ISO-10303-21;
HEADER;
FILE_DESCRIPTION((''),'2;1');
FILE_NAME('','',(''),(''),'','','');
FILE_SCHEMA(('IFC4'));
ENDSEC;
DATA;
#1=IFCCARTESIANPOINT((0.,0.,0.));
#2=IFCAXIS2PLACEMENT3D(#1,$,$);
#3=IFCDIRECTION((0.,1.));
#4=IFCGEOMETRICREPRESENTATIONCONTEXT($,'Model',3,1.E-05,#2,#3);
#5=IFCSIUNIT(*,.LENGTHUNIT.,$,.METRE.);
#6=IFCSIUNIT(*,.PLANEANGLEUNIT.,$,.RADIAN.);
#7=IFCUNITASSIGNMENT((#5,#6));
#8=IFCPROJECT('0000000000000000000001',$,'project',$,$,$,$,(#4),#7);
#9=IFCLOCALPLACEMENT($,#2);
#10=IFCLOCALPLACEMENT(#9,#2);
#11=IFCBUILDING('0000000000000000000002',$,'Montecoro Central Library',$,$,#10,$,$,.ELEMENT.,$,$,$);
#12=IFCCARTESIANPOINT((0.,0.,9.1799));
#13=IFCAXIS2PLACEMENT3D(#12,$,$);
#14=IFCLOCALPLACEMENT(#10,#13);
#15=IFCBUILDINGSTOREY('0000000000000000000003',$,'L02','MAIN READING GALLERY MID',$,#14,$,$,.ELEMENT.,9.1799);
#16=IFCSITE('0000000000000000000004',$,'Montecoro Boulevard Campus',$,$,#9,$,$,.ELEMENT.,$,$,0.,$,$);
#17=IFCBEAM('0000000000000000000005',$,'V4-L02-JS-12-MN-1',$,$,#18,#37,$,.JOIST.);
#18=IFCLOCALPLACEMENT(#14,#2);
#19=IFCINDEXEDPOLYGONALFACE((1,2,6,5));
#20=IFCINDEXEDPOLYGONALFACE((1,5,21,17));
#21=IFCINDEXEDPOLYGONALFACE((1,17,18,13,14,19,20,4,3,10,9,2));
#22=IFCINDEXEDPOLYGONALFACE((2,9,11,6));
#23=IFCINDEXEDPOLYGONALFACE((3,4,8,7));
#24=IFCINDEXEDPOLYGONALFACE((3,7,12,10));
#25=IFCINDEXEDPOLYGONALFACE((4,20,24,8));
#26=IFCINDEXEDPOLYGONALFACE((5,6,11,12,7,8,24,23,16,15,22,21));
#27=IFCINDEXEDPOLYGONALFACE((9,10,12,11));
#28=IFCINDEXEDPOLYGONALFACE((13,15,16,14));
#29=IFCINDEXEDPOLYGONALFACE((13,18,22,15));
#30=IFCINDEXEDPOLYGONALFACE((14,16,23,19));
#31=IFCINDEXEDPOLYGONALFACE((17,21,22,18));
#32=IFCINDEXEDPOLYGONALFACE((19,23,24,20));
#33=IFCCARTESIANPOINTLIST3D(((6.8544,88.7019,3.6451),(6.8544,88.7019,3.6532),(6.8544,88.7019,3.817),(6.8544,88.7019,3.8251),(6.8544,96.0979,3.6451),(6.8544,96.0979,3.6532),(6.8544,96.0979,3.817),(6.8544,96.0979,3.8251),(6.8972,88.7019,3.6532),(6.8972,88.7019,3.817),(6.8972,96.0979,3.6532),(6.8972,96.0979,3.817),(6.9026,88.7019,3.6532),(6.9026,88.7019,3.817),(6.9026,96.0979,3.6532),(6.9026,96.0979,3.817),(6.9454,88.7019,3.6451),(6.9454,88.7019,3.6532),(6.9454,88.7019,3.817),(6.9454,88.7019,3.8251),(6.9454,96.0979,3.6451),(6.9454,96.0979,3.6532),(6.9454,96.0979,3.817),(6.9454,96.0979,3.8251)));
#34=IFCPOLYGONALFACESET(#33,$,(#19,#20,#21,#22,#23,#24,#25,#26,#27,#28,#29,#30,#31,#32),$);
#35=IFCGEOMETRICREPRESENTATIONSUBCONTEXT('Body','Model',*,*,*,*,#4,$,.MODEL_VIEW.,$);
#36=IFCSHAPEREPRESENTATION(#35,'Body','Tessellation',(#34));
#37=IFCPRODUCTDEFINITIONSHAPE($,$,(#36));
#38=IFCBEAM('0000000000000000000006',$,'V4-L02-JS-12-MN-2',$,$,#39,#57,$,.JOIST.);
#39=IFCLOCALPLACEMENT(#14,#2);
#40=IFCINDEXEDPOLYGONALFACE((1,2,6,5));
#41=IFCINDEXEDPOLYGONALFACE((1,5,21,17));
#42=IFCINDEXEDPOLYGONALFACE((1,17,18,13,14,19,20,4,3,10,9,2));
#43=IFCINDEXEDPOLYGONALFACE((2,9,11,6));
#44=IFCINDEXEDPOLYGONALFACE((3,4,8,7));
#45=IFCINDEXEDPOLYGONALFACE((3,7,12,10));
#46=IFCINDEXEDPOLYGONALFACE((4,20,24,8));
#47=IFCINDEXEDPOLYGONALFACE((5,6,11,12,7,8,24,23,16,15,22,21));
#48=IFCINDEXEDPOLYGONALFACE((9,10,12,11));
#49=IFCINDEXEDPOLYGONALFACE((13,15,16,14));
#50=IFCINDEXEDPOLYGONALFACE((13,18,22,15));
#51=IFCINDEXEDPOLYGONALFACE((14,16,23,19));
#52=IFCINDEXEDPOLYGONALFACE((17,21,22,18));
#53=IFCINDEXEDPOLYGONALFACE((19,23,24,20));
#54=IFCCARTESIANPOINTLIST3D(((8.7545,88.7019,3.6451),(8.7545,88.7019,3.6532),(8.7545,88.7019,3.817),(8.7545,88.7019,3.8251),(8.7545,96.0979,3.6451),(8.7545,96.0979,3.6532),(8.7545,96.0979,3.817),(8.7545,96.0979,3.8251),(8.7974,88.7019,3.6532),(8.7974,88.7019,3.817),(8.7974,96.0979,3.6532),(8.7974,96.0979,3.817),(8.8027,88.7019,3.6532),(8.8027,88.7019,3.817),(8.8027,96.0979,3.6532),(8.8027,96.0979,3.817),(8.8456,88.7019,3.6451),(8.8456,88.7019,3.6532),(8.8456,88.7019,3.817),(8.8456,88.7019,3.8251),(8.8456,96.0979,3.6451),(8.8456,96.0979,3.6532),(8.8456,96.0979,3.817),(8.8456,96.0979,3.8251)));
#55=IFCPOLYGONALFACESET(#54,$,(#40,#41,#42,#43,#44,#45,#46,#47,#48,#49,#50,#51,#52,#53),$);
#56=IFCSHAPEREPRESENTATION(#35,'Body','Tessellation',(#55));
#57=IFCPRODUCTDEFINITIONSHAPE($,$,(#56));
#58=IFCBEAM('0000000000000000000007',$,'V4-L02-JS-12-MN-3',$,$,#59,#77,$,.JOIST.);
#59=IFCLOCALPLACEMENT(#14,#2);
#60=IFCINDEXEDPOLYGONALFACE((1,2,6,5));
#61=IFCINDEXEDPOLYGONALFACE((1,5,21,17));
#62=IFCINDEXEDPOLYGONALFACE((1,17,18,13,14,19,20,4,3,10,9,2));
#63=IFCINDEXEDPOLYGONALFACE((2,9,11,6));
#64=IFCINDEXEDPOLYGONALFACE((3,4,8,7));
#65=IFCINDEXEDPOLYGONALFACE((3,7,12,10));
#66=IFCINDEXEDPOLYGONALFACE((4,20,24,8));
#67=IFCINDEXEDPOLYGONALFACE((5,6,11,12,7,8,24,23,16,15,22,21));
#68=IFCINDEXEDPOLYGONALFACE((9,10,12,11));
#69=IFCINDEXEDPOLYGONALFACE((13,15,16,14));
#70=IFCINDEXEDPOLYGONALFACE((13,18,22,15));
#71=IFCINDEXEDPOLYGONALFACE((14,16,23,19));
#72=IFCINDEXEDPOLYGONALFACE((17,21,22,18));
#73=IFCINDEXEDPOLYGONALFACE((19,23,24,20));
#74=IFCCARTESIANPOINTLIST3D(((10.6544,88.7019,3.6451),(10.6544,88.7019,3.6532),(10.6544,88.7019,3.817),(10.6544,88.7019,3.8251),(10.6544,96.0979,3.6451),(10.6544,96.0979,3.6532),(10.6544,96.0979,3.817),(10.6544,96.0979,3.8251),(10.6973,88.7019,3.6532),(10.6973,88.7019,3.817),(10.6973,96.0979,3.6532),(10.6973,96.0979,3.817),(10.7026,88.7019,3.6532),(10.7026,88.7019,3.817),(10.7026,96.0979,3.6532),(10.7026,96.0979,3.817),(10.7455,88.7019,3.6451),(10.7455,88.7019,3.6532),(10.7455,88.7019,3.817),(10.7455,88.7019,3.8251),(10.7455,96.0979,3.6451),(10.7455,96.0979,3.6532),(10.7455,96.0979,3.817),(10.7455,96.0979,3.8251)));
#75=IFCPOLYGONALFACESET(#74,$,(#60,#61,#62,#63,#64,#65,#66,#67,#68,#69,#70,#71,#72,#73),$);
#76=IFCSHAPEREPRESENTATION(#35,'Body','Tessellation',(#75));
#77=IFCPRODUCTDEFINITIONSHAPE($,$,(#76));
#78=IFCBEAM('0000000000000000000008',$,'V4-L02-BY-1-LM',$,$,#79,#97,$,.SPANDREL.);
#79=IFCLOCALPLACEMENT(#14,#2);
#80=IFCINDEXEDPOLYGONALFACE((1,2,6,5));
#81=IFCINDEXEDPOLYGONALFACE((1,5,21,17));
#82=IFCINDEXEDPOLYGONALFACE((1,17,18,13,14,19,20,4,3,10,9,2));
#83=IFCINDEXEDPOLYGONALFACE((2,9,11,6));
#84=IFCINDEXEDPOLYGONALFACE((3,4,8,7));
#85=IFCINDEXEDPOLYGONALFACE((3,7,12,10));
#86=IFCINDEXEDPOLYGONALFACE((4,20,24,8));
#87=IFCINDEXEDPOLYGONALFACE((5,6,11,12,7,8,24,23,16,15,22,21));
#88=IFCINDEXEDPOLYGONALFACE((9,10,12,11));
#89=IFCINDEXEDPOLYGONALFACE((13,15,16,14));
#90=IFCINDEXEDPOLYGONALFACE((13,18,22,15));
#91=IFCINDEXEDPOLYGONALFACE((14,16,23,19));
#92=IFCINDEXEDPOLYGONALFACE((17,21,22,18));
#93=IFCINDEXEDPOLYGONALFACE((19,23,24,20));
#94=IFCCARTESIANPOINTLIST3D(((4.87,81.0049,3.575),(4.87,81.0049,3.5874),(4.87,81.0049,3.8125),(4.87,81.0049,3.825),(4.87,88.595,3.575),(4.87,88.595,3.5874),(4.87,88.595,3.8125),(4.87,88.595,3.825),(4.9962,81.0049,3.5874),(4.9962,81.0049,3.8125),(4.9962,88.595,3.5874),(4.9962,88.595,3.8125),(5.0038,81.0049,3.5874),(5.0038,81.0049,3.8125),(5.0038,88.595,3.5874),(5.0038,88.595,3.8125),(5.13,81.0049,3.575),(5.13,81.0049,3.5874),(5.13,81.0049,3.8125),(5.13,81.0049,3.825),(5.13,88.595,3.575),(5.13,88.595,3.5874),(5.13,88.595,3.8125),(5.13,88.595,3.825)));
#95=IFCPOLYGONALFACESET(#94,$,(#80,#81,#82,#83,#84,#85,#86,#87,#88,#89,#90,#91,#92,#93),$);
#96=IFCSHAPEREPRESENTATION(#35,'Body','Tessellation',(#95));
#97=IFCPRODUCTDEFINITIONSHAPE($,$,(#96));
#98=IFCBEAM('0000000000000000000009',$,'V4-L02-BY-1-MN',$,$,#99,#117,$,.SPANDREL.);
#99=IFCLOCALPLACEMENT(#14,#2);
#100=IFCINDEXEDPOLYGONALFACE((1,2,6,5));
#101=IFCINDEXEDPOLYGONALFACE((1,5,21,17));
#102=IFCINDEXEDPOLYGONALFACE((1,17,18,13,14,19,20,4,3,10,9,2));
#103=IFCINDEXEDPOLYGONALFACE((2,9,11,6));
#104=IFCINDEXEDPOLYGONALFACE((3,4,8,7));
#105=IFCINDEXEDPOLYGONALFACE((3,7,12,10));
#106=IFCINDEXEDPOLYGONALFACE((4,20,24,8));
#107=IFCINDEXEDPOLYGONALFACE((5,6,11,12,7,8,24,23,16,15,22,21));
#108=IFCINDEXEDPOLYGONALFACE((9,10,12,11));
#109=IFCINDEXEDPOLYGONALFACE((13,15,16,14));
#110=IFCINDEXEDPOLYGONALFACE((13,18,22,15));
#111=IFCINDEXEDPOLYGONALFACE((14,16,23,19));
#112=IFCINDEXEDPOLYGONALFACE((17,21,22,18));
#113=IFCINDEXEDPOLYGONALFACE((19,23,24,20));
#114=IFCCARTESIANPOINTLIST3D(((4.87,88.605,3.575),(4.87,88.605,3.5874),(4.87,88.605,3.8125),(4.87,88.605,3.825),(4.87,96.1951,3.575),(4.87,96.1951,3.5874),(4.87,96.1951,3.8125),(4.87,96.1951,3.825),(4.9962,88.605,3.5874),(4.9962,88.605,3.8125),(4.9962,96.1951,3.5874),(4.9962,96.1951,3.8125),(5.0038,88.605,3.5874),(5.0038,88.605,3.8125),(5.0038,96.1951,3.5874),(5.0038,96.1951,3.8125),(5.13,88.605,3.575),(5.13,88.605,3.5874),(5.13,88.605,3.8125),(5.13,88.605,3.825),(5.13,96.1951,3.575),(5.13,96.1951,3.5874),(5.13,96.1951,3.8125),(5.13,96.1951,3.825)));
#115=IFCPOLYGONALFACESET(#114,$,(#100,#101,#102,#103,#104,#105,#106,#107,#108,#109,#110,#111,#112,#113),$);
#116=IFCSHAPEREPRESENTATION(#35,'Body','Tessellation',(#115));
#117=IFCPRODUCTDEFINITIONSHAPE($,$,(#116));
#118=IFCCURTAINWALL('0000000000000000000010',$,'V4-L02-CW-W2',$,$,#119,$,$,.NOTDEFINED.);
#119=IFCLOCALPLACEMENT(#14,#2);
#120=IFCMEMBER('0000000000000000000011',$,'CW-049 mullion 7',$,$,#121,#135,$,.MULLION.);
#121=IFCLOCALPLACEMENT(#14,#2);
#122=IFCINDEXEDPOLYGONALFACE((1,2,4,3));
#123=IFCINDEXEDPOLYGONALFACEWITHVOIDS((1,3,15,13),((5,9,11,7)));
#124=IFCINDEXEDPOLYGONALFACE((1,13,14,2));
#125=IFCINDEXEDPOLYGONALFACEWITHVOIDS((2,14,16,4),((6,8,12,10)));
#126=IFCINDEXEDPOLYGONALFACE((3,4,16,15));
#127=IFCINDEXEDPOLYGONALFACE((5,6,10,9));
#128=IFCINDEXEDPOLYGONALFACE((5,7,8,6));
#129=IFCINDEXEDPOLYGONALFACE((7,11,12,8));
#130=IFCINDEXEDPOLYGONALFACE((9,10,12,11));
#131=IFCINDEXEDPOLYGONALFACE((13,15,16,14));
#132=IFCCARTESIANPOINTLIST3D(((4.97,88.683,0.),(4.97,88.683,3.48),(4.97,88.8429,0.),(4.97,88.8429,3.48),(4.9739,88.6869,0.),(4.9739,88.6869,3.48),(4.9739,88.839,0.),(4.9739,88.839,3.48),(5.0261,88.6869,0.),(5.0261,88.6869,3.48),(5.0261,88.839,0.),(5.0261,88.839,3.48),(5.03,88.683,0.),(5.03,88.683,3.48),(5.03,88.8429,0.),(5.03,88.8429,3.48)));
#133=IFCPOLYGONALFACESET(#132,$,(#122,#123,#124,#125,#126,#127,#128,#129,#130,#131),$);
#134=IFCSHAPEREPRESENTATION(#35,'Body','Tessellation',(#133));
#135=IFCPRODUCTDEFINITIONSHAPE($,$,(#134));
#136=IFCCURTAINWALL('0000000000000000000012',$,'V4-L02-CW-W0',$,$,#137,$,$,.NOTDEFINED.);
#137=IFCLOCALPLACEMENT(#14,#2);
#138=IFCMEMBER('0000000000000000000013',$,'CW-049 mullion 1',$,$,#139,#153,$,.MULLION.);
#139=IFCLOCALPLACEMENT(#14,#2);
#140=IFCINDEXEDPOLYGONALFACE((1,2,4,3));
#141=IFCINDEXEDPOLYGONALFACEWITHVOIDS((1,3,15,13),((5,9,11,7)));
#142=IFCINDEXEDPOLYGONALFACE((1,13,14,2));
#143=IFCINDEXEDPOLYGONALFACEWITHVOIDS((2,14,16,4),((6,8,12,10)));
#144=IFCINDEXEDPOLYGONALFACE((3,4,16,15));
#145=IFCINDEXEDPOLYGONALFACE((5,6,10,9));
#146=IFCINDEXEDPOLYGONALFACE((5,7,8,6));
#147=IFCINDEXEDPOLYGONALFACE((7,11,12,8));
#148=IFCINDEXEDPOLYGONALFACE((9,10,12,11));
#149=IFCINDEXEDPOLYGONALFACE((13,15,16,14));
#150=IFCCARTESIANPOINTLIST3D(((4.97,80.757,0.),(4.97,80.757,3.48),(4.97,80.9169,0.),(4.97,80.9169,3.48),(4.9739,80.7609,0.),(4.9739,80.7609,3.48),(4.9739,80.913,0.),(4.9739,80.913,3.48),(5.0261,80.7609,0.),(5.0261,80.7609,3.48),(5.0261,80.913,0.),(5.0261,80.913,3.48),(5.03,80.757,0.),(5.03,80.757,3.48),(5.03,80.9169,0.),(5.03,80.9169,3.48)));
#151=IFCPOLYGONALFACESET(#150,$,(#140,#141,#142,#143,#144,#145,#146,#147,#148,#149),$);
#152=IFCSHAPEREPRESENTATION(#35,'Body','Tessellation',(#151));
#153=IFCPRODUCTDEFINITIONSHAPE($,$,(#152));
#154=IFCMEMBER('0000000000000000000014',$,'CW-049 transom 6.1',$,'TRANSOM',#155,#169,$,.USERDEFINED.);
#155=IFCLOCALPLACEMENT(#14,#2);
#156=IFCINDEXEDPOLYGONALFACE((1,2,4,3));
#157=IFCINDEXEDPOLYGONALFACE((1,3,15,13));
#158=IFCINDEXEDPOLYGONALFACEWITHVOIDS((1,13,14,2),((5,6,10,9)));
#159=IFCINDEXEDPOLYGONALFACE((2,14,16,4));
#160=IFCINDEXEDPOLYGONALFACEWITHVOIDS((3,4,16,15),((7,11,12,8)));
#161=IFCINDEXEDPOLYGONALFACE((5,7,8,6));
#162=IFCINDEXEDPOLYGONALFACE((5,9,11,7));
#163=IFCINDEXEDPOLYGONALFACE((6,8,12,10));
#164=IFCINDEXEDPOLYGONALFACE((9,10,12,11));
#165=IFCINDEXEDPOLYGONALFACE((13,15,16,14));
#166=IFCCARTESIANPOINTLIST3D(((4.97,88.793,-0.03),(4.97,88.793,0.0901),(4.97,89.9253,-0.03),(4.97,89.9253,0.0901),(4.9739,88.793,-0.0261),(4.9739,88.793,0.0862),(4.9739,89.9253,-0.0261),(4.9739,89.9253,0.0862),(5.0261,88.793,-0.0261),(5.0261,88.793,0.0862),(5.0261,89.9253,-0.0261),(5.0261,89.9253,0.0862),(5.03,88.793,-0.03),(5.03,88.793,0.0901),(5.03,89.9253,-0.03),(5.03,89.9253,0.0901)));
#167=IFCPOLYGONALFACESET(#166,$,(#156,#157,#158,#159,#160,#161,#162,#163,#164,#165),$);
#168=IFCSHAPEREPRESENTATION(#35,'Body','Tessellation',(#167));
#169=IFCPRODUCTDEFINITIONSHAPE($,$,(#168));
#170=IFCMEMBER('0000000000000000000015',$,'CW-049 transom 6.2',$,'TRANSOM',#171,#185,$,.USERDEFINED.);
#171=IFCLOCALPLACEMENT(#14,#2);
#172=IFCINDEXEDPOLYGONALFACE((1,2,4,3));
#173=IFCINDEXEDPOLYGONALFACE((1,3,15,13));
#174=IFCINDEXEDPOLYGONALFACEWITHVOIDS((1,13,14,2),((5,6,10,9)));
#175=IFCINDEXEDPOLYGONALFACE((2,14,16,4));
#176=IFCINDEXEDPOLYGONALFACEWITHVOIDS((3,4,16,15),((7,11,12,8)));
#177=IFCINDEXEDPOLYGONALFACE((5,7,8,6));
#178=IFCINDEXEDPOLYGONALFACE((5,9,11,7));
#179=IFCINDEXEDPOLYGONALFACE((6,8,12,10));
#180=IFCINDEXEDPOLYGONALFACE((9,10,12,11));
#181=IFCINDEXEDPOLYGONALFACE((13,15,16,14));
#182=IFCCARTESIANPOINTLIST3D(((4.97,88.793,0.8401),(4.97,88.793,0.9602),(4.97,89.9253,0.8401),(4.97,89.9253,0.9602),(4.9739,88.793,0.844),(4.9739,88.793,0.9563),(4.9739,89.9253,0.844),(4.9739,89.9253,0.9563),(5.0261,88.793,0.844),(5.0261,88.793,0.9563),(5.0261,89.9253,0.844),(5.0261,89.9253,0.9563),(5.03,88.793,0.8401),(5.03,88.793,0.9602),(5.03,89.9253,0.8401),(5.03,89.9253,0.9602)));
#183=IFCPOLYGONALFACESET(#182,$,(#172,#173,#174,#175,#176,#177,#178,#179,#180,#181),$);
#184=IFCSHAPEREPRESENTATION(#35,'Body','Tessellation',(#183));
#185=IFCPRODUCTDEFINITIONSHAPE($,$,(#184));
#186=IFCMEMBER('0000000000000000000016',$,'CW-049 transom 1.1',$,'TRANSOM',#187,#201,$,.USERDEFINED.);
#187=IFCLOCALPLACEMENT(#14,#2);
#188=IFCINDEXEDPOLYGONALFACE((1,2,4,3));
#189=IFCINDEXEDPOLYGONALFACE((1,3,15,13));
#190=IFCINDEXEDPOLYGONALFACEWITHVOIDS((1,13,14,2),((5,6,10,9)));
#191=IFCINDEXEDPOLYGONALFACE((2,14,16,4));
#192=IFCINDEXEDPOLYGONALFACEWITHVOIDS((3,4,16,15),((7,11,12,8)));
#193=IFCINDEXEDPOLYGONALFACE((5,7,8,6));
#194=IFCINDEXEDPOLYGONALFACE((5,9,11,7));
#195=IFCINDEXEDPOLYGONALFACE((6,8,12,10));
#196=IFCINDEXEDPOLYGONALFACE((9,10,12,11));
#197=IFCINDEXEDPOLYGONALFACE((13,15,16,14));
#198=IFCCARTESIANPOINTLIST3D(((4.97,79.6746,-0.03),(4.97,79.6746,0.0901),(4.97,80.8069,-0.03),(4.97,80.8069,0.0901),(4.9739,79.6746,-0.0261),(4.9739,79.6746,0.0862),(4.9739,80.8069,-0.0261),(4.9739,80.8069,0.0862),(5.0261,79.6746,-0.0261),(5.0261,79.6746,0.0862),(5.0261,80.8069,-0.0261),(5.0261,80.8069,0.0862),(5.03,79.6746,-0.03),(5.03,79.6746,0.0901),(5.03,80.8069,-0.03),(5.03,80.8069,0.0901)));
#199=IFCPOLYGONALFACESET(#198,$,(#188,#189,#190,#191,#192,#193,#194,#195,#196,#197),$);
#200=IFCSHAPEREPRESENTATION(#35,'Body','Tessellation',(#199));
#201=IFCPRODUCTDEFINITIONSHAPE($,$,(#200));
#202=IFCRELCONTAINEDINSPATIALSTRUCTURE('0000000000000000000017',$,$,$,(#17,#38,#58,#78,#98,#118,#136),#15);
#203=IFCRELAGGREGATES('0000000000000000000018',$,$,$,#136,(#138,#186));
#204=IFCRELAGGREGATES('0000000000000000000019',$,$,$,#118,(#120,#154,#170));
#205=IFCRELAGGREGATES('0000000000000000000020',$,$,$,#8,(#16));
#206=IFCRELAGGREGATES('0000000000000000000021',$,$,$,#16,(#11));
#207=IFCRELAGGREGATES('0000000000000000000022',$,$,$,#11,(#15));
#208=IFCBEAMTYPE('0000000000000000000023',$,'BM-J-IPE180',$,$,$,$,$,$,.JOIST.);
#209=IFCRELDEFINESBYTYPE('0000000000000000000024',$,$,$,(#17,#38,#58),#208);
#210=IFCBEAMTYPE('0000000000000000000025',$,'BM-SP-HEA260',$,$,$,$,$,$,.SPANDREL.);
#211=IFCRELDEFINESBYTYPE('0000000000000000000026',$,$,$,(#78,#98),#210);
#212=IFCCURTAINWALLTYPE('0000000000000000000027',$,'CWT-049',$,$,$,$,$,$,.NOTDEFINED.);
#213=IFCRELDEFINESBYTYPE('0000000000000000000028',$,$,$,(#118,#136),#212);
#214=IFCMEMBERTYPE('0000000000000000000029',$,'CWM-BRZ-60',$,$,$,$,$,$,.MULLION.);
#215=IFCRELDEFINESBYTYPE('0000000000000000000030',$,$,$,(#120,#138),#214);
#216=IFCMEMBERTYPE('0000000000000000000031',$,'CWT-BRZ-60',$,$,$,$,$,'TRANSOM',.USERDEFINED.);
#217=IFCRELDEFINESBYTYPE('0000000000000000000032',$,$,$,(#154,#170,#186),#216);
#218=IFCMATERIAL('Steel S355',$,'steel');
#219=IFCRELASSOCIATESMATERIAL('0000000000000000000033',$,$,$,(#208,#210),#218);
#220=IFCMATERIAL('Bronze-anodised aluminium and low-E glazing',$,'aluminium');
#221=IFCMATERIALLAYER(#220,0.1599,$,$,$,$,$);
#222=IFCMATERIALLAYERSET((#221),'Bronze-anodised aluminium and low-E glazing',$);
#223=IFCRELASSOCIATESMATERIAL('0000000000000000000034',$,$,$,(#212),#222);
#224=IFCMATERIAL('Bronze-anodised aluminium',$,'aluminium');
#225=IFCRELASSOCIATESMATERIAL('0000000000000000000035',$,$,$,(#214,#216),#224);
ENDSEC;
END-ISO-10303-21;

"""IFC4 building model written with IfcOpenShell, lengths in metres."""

from ifc_helpers import new_model, si_unit, direction, frame, origin, origin_2d, place, context, subcontext, project, spatial, hollow_rectangle, i_section, extrude, material, layer, layer_set, material_profile, profile_set, type_object, element, aggregate, save


model = new_model("IFC4")

# Units and contexts
model_context = context("Model", 3, precision=1e-05, world=origin(), true_north=direction((0.0, 1.0)))
body_context = subcontext(model_context, "Body", "Model", "MODEL_VIEW")
ifc_project = project(units=[si_unit("LENGTHUNIT", "METRE"), si_unit("PLANEANGLEUNIT", "RADIAN")], contexts=[model_context])

# Site, building, storey
site_placement = place(None, origin())
site = spatial("IfcSite", under=ifc_project, at=site_placement, Name="Montecoro Boulevard Campus", CompositionType="ELEMENT", RefElevation=0.0)
building_placement = place(site_placement, origin())
building = spatial("IfcBuilding", under=site, at=building_placement, Name="Montecoro Central Library", CompositionType="ELEMENT")
storey_placement = place(building_placement, frame((0.0, 0.0, 9.1799)))
storey = spatial("IfcBuildingStorey", under=building, at=storey_placement, Name="L02", Description="MAIN READING GALLERY MID", CompositionType="ELEMENT", Elevation=9.1799)

# Shared definitions
ifc_material_1 = material(Name="Steel S355", Category="steel")

# Beams
ifc_material_profile_1 = material_profile(ifc_material_1, i_section(OverallWidth=0.0911, OverallDepth=0.1799, WebThickness=0.0054, FlangeThickness=0.0081, at=origin_2d()), Name="IPE 180")
ifc_profile_set_1 = profile_set([ifc_material_profile_1], Name="Steel S355")
beam_type_1 = type_object("IfcBeamType", Name="BM-J-IPE180", PredefinedType="JOIST", material=ifc_profile_set_1)
for number, where, z_axis, x_axis, name in (
    (1, (6.8999, 88.7019, 3.7351), (0.0, 1.0, 0.0), (-1.0, 0.0, 0.0), "V4-L02-JS-12-MN-1"),
    (2, (8.8, 88.7019, 3.7351), (0.0, 1.0, 0.0), (-1.0, 0.0, 0.0), "V4-L02-JS-12-MN-2"),
    (3, (10.7, 88.7019, 3.7351), (0.0, 1.0, 0.0), (-1.0, 0.0, 0.0), "V4-L02-JS-12-MN-3"),
):
    element("IfcBeam", number, at=place(storey_placement, frame(where, z_axis=z_axis, x_axis=x_axis)), inside=storey, type_object=beam_type_1, Name=name, PredefinedType="JOIST", context=body_context, shape_type="SweptSolid", body=[
        extrude(i_section(OverallWidth=0.0911, OverallDepth=0.1799, WebThickness=0.0054, FlangeThickness=0.0081, at=origin_2d()), origin(), (0.0, 0.0, 1.0), 7.396),
    ])
ifc_material_profile_2 = material_profile(ifc_material_1, i_section(OverallWidth=0.26, OverallDepth=0.25, WebThickness=0.0076, FlangeThickness=0.0125, at=origin_2d()), Name="HEA 260")
ifc_profile_set_2 = profile_set([ifc_material_profile_2], Name="Steel S355")
beam_type_2 = type_object("IfcBeamType", Name="BM-SP-HEA260", PredefinedType="SPANDREL", material=ifc_profile_set_2)
for number, where, z_axis, x_axis, name in (
    (4, (5.0, 81.0049, 3.7), (0.0, 1.0, 0.0), (-1.0, 0.0, 0.0), "V4-L02-BY-1-LM"),
    (5, (5.0, 88.605, 3.7), (0.0, 1.0, 0.0), (-1.0, 0.0, 0.0), "V4-L02-BY-1-MN"),
):
    element("IfcBeam", number, at=place(storey_placement, frame(where, z_axis=z_axis, x_axis=x_axis)), inside=storey, type_object=beam_type_2, Name=name, PredefinedType="SPANDREL", context=body_context, shape_type="SweptSolid", body=[
        extrude(i_section(OverallWidth=0.26, OverallDepth=0.25, WebThickness=0.0076, FlangeThickness=0.0125, at=origin_2d()), origin(), (0.0, 0.0, 1.0), 7.5901),
    ])

# Curtain walls, members
ifc_material_2 = material(Name="Bronze-anodised aluminium and low-E glazing", Category="aluminium")
ifc_layer_1 = layer(ifc_material_2, 0.1599)
ifc_layer_set_1 = layer_set([ifc_layer_1], Name="Bronze-anodised aluminium and low-E glazing")
curtain_wall_type = type_object("IfcCurtainWallType", Name="CWT-049", PredefinedType="NOTDEFINED", material=ifc_layer_set_1)
curtain_wall_1_placement = place(storey_placement, origin())
curtain_wall_1 = element("IfcCurtainWall", 6, at=curtain_wall_1_placement, inside=storey, type_object=curtain_wall_type, Name="V4-L02-CW-W2", PredefinedType="NOTDEFINED")
ifc_material_3 = material(Name="Bronze-anodised aluminium", Category="aluminium")
ifc_material_profile_3 = material_profile(ifc_material_3, hollow_rectangle(XDim=0.0601, YDim=0.1599, WallThickness=0.0039, at=origin_2d()), Name="CWM 160x60x4.0")
ifc_profile_set_3 = profile_set([ifc_material_profile_3], Name="Bronze-anodised aluminium")
member_type_1 = type_object("IfcMemberType", Name="CWM-BRZ-60", PredefinedType="MULLION", material=ifc_profile_set_3)
member_1_placement = place(storey_placement, frame((5.0, 88.7629, 0.0), z_axis=(0.0, 0.0, 1.0), x_axis=(1.0, 0.0, 0.0)))
member_1 = element("IfcMember", 7, at=member_1_placement, type_object=member_type_1, Name="CW-049 mullion 7", PredefinedType="MULLION", context=body_context, shape_type="SweptSolid", body=[
    extrude(hollow_rectangle(XDim=0.0601, YDim=0.1599, WallThickness=0.0039, at=origin_2d()), origin(), (0.0, 0.0, 1.0), 3.48),
])
curtain_wall_2_placement = place(storey_placement, origin())
curtain_wall_2 = element("IfcCurtainWall", 8, at=curtain_wall_2_placement, inside=storey, type_object=curtain_wall_type, Name="V4-L02-CW-W0", PredefinedType="NOTDEFINED")
member_2_placement = place(storey_placement, frame((5.0, 80.8369, 0.0), z_axis=(0.0, 0.0, 1.0), x_axis=(1.0, 0.0, 0.0)))
member_2 = element("IfcMember", 9, at=member_2_placement, type_object=member_type_1, Name="CW-049 mullion 1", PredefinedType="MULLION", context=body_context, shape_type="SweptSolid", body=[
    extrude(hollow_rectangle(XDim=0.0601, YDim=0.1599, WallThickness=0.0039, at=origin_2d()), origin(), (0.0, 0.0, 1.0), 3.48),
])

# Members
ifc_material_profile_4 = material_profile(ifc_material_3, hollow_rectangle(XDim=0.0601, YDim=0.1201, WallThickness=0.0039, at=origin_2d()), Name="CWT 120x60x4.0")
ifc_profile_set_4 = profile_set([ifc_material_profile_4], Name="Bronze-anodised aluminium")
member_type_2 = type_object("IfcMemberType", Name="CWT-BRZ-60", ElementType="TRANSOM", PredefinedType="USERDEFINED", material=ifc_profile_set_4)
member_3_placement = place(storey_placement, frame((5.0, 89.9253, 0.03), z_axis=(0.0, -1.0, 0.0), x_axis=(1.0, 0.0, 0.0)))
member_3 = element("IfcMember", 10, at=member_3_placement, type_object=member_type_2, Name="CW-049 transom 6.1", ObjectType="TRANSOM", PredefinedType="USERDEFINED", context=body_context, shape_type="SweptSolid", body=[
    extrude(hollow_rectangle(XDim=0.0601, YDim=0.1201, WallThickness=0.0039, at=origin_2d()), origin(), (0.0, 0.0, 1.0), 1.1323),
])
member_4_placement = place(storey_placement, frame((5.0, 89.9253, 0.9001), z_axis=(0.0, -1.0, 0.0), x_axis=(1.0, 0.0, 0.0)))
member_4 = element("IfcMember", 11, at=member_4_placement, type_object=member_type_2, Name="CW-049 transom 6.2", ObjectType="TRANSOM", PredefinedType="USERDEFINED", context=body_context, shape_type="SweptSolid", body=[
    extrude(hollow_rectangle(XDim=0.0601, YDim=0.1201, WallThickness=0.0039, at=origin_2d()), origin(), (0.0, 0.0, 1.0), 1.1323),
])
member_5_placement = place(storey_placement, frame((5.0, 80.8069, 0.03), z_axis=(0.0, -1.0, 0.0), x_axis=(1.0, 0.0, 0.0)))
member_5 = element("IfcMember", 12, at=member_5_placement, type_object=member_type_2, Name="CW-049 transom 1.1", ObjectType="TRANSOM", PredefinedType="USERDEFINED", context=body_context, shape_type="SweptSolid", body=[
    extrude(hollow_rectangle(XDim=0.0601, YDim=0.1201, WallThickness=0.0039, at=origin_2d()), origin(), (0.0, 0.0, 1.0), 1.1323),
])
aggregate(curtain_wall_2, [member_2, member_5])

aggregate(curtain_wall_1, [member_1, member_3, member_4])

save(model, "model.ifc")
